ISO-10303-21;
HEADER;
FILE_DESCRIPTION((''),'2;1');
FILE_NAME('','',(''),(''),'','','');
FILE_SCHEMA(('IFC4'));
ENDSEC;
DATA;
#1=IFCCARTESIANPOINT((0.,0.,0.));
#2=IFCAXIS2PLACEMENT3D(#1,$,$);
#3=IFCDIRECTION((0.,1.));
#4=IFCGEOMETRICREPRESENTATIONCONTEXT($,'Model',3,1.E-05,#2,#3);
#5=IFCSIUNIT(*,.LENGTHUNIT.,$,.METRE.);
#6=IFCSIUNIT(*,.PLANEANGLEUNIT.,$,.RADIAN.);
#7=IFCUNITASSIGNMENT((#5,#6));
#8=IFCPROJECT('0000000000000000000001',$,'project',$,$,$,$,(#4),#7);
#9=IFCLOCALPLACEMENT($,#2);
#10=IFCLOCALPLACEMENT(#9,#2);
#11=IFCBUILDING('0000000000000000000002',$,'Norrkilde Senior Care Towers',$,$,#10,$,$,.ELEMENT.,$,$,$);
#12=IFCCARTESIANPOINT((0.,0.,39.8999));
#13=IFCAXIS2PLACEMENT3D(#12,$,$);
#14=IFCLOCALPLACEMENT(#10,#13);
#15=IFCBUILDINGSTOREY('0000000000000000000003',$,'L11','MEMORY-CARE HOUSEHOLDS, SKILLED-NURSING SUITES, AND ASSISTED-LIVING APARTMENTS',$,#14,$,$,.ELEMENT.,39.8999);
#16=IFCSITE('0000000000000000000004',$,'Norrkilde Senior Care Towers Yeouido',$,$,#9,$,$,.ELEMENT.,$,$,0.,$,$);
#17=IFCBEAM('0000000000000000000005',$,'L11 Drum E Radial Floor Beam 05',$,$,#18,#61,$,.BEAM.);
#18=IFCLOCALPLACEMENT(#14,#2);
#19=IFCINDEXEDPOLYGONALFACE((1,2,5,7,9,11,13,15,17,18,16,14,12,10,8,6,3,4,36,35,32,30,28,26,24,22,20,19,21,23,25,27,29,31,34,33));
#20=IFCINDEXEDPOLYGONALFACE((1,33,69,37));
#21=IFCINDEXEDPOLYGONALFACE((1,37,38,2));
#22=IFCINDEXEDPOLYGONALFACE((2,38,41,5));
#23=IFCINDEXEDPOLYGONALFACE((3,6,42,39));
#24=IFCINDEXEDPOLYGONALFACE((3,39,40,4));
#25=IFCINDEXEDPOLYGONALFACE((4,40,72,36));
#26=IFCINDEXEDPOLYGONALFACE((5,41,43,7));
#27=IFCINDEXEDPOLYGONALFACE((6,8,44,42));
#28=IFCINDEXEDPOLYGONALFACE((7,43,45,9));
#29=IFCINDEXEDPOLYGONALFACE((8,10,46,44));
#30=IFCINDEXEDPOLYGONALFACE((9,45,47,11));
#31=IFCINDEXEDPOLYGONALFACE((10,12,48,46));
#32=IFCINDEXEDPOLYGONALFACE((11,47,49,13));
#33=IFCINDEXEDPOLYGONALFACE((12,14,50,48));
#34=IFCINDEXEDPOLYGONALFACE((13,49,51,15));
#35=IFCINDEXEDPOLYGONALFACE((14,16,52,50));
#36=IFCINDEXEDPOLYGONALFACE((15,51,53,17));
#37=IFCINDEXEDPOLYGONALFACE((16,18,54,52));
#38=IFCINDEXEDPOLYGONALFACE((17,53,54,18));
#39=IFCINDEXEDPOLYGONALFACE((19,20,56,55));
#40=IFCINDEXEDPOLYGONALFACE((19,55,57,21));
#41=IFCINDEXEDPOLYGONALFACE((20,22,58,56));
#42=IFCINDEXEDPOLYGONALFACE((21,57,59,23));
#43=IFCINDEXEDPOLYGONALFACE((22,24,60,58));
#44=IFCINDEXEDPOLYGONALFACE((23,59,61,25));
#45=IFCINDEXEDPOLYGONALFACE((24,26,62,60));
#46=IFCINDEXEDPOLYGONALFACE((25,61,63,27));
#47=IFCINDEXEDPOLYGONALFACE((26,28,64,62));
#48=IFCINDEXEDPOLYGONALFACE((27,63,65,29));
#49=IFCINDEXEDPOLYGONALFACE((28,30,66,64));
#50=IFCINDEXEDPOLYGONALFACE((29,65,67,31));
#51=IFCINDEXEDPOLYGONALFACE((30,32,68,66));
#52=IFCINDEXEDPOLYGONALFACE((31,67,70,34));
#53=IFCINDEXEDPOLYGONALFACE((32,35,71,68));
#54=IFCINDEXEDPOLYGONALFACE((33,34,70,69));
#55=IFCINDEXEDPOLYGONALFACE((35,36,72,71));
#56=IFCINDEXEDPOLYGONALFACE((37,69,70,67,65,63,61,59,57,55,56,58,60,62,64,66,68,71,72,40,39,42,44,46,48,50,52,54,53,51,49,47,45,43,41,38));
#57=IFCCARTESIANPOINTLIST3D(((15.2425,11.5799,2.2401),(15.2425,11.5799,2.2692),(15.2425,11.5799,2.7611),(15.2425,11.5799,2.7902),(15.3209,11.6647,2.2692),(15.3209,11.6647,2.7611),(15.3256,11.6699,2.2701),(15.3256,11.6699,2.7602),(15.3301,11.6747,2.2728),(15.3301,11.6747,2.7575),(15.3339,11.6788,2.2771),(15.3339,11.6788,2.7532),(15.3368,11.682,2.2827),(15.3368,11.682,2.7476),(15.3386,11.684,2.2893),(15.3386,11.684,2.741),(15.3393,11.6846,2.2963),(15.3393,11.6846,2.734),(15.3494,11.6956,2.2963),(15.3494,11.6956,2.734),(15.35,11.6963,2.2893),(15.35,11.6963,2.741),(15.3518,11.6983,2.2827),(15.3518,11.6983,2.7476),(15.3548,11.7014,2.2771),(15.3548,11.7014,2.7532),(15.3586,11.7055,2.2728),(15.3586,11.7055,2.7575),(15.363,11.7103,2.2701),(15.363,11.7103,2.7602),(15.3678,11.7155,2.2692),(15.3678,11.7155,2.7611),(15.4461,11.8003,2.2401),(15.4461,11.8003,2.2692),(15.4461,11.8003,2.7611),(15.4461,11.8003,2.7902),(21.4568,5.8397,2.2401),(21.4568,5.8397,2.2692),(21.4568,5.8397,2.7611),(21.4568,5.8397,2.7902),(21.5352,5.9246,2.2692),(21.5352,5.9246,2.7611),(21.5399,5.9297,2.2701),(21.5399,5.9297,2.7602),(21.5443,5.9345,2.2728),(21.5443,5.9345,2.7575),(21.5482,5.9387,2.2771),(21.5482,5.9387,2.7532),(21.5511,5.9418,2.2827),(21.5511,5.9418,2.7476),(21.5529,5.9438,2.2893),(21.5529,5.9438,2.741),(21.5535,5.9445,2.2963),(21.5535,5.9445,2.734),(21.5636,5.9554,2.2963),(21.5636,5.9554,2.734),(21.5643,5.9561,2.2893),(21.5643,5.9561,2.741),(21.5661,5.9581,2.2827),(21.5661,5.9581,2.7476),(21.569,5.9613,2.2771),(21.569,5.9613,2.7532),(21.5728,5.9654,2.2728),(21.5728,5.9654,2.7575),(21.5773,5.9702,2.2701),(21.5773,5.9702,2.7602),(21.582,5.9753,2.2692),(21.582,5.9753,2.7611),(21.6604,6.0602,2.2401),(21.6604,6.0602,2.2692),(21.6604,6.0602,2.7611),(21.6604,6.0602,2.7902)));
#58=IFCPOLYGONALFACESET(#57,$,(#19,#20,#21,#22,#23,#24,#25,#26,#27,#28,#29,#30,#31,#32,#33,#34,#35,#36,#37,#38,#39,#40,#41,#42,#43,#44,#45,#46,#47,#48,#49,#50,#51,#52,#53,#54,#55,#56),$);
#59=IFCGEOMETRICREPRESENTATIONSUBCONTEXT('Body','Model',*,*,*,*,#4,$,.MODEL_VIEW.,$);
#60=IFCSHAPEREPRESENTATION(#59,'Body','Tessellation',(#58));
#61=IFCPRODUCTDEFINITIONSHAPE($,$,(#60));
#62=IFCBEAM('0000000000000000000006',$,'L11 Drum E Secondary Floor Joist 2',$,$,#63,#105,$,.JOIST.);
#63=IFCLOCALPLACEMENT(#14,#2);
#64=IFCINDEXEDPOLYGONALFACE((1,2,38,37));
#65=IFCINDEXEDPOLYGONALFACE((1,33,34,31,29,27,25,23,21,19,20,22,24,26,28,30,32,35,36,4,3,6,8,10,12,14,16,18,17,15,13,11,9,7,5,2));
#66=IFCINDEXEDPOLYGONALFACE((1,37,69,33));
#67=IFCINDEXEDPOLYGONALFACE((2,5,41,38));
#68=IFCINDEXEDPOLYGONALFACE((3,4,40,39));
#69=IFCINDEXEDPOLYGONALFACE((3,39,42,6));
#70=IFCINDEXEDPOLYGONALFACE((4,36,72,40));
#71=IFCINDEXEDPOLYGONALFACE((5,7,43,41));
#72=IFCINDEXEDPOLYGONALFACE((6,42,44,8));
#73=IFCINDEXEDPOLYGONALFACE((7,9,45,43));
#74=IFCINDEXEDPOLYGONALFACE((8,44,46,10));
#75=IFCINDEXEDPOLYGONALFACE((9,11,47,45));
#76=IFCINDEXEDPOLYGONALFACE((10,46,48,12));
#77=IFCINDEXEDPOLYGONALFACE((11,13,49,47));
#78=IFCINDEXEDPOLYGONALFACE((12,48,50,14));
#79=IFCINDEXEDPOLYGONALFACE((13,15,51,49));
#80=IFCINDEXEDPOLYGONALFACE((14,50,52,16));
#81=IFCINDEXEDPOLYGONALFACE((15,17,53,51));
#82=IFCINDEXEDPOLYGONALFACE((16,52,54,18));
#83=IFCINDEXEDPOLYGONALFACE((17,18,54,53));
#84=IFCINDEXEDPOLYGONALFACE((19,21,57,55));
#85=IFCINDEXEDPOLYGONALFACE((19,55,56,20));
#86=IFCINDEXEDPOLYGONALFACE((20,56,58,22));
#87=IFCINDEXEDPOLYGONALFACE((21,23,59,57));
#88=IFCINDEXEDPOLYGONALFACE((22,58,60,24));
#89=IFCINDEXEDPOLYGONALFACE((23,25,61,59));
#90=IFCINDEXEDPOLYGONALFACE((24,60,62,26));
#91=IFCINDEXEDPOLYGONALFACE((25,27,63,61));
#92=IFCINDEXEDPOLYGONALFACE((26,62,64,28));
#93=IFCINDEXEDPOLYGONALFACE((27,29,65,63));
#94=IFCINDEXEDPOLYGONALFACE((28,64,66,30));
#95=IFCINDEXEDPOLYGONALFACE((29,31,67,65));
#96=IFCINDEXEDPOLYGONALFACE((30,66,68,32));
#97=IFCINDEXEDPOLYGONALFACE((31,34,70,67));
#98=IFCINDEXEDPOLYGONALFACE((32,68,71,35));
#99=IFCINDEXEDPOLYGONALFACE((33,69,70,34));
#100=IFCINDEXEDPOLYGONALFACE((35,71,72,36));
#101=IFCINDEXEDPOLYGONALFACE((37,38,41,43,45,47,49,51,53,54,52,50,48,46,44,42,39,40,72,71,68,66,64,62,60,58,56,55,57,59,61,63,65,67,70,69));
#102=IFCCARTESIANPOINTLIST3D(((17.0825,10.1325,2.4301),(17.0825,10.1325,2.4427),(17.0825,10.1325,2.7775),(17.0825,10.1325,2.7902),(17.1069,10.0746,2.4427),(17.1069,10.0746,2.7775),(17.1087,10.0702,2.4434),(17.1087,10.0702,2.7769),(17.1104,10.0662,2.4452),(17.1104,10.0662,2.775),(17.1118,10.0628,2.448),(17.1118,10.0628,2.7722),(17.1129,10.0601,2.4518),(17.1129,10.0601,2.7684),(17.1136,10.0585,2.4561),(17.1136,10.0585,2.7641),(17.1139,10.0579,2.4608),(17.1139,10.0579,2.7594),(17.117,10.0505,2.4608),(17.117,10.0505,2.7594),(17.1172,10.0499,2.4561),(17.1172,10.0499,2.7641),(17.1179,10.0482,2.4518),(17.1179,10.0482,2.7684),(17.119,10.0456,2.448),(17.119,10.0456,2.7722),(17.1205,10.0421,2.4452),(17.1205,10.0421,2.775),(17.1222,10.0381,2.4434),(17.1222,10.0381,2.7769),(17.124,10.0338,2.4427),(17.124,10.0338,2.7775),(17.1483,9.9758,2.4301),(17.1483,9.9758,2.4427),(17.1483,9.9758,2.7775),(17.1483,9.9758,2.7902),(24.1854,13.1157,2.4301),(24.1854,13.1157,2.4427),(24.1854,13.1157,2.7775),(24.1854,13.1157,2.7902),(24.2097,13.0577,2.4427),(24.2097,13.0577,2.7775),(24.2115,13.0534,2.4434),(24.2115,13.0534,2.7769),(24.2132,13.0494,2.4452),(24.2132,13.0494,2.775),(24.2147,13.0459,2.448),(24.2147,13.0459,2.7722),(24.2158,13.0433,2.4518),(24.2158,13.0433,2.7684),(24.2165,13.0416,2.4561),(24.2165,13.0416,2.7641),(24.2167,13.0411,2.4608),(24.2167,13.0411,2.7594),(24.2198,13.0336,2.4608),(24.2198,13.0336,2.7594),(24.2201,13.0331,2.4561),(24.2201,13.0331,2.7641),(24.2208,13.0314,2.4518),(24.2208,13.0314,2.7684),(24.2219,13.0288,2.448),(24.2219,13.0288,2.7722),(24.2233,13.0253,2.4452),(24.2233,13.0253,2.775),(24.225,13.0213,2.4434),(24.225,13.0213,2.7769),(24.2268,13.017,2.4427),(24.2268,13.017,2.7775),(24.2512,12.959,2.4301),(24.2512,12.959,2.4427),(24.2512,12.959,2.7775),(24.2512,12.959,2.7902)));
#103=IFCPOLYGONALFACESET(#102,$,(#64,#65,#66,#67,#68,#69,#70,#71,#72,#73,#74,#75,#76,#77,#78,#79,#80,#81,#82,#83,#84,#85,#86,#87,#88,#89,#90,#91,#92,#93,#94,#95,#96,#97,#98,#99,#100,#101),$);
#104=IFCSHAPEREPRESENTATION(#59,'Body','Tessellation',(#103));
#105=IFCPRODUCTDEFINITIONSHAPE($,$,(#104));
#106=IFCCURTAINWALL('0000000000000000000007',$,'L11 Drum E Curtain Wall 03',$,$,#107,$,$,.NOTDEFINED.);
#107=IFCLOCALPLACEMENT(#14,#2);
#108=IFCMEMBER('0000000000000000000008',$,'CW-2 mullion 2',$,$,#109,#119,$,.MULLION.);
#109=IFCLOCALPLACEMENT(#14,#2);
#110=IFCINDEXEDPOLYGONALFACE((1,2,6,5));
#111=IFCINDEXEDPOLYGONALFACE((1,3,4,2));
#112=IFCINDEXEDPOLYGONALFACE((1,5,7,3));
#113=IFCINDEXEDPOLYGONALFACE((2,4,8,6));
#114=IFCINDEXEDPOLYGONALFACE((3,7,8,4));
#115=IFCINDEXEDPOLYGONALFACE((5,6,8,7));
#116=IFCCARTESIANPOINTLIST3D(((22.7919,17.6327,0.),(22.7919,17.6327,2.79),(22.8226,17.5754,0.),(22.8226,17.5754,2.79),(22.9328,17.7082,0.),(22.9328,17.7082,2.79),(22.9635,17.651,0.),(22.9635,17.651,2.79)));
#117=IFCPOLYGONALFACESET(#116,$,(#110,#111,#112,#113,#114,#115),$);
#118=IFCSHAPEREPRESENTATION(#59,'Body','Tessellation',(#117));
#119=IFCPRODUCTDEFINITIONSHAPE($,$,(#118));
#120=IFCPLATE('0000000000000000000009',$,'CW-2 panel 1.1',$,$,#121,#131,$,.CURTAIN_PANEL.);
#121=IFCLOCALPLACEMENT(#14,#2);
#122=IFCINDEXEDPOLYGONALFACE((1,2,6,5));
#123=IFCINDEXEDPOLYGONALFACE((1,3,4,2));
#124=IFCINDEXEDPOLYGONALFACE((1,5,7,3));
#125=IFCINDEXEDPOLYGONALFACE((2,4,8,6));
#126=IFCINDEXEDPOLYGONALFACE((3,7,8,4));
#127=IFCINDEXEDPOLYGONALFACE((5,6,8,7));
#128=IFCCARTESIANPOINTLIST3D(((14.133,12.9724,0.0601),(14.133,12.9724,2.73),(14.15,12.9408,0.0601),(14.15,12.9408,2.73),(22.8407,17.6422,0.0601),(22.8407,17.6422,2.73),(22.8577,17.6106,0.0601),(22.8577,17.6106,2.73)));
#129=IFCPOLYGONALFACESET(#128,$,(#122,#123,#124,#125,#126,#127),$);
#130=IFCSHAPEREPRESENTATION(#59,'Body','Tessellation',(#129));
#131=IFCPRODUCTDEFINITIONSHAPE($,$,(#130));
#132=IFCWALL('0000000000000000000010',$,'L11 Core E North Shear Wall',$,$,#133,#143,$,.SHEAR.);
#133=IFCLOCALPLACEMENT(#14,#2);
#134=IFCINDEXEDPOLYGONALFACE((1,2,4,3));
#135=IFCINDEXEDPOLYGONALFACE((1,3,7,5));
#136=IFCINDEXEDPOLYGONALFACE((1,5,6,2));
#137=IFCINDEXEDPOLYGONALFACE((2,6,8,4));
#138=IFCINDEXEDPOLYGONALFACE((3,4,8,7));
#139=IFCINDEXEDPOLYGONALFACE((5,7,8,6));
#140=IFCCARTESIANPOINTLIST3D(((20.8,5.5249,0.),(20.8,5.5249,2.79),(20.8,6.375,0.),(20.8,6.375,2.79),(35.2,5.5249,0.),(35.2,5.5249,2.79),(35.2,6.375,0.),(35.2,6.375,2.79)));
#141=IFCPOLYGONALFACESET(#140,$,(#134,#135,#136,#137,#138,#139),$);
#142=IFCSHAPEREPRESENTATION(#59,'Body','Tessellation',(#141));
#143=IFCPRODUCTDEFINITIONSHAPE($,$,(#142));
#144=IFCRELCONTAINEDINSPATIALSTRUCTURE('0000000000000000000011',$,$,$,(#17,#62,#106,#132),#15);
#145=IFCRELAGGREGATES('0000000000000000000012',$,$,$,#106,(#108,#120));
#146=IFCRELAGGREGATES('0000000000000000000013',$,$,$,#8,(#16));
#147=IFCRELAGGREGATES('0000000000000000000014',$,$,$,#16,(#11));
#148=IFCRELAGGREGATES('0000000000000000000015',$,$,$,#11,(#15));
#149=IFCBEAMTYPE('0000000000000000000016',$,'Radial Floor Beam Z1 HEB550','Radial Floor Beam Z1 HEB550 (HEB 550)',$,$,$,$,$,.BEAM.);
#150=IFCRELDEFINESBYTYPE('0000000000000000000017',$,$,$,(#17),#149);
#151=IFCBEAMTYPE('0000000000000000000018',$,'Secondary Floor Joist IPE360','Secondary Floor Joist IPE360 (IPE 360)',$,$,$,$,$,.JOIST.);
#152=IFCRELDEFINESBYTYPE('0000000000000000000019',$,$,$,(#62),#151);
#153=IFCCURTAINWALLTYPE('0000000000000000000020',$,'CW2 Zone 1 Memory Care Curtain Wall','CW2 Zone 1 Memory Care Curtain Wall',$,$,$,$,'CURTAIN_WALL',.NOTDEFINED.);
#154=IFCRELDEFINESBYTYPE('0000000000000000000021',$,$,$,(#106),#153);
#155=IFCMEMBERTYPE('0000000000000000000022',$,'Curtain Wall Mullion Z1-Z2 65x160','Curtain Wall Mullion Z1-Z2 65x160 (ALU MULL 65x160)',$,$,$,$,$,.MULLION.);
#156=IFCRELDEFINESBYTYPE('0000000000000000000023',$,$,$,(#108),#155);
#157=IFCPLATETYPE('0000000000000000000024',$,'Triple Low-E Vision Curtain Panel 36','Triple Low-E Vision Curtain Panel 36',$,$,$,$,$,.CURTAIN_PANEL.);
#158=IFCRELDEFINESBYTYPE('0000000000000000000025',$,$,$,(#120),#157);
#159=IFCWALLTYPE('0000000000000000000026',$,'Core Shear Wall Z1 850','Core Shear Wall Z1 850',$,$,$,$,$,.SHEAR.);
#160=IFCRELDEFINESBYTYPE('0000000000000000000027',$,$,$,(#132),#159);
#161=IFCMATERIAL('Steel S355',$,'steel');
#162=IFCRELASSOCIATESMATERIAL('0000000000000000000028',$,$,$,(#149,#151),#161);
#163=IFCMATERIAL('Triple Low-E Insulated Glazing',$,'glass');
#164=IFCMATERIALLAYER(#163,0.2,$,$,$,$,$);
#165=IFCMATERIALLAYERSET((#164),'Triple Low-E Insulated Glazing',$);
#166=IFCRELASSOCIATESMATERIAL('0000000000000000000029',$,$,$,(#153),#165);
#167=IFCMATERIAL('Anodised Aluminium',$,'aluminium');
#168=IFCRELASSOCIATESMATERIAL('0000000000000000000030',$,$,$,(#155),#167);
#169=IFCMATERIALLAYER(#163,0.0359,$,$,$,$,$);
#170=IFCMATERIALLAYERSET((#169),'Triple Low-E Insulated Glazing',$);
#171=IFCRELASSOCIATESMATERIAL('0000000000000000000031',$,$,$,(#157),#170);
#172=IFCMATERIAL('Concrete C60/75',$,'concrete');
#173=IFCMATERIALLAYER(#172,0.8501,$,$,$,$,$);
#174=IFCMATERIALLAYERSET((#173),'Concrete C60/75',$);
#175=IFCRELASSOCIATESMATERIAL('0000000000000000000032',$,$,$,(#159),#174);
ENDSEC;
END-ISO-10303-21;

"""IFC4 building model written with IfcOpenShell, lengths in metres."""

from ifc_helpers import new_model, si_unit, direction, frame, frame_2d, origin, origin_2d, place, context, subcontext, project, spatial, rectangle, i_section, extrude, source, transform, mapped, material, layer, layer_set, material_profile, profile_set, type_object, type_shapes, element, aggregate, save


model = new_model("IFC4")

# Units and contexts
model_context = context("Model", 3, precision=1e-05, world=origin(), true_north=direction((0.0, 1.0)))
body_context = subcontext(model_context, "Body", "Model", "MODEL_VIEW")
ifc_project = project(units=[si_unit("LENGTHUNIT", "METRE"), si_unit("PLANEANGLEUNIT", "RADIAN")], contexts=[model_context])

# Site, building, storey
site_placement = place(None, origin())
site = spatial("IfcSite", under=ifc_project, at=site_placement, Name="Norrkilde Senior Care Towers Yeouido", CompositionType="ELEMENT", RefElevation=0.0)
building_placement = place(site_placement, origin())
building = spatial("IfcBuilding", under=site, at=building_placement, Name="Norrkilde Senior Care Towers", CompositionType="ELEMENT")
storey_placement = place(building_placement, frame((0.0, 0.0, 39.8999)))
storey = spatial("IfcBuildingStorey", under=building, at=storey_placement, Name="L11", Description="MEMORY-CARE HOUSEHOLDS, SKILLED-NURSING SUITES, AND ASSISTED-LIVING APARTMENTS", CompositionType="ELEMENT", Elevation=39.8999)

# Shared definitions
ifc_material_1 = material(Name="Concrete C60/75", Category="concrete")

# Beams
ifc_material_2 = material(Name="Steel S355", Category="steel")
ifc_material_profile_1 = material_profile(ifc_material_2, i_section(OverallWidth=0.3, OverallDepth=0.55, WebThickness=0.0149, FlangeThickness=0.0291, FilletRadius=0.0271, at=origin_2d()), Name="HEB 550")
ifc_profile_set_1 = profile_set([ifc_material_profile_1], Name="Steel S355")
beam_type_1 = type_object("IfcBeamType", Name="Radial Floor Beam Z1 HEB550", Description="Radial Floor Beam Z1 HEB550 (HEB 550)", PredefinedType="BEAM", material=ifc_profile_set_1)
shared_shape_1 = source(origin(), body_context, "Body", "SweptSolid", [
    extrude(i_section(OverallWidth=0.3, OverallDepth=0.55, WebThickness=0.0149, FlangeThickness=0.0291, FilletRadius=0.0271, at=origin_2d()), origin(), (0.0, 0.0, 1.0), 8.4597),
])
beam_1_placement = place(storey_placement, frame((21.5586, 5.95, 2.5151), z_axis=(-0.734573, 0.678529, 0.0), x_axis=(-0.678529, -0.734573, 0.0)))
element("IfcBeam", 1, at=beam_1_placement, inside=storey, type_object=beam_type_1, Name="L11 Drum E Radial Floor Beam 05", PredefinedType="BEAM", context=body_context, shape_type="MappedRepresentation", body=[
    mapped(shared_shape_1, transform((0.0, 0.0, 0.0), x_axis=(1.0, 0.0, 0.0), y_axis=(0.0, 1.0, 0.0), z_axis=(0.0, 0.0, 1.0), scale=1.0)),
])
ifc_material_profile_2 = material_profile(ifc_material_2, i_section(OverallWidth=0.1699, OverallDepth=0.3601, WebThickness=0.0081, FlangeThickness=0.0127, FilletRadius=0.0181, at=origin_2d()), Name="IPE 360")
ifc_profile_set_2 = profile_set([ifc_material_profile_2], Name="Steel S355")
beam_type_2 = type_object("IfcBeamType", Name="Secondary Floor Joist IPE360", Description="Secondary Floor Joist IPE360 (IPE 360)", PredefinedType="JOIST", material=ifc_profile_set_2)
shared_shape_2 = source(origin(), body_context, "Body", "SweptSolid", [
    extrude(i_section(OverallWidth=0.1699, OverallDepth=0.3601, WebThickness=0.0081, FlangeThickness=0.0127, FilletRadius=0.0181, at=origin_2d()), origin(), (0.0, 0.0, 1.0), 7.7039),
])
type_shapes(beam_type_2, [shared_shape_2])
beam_2_placement = place(storey_placement, frame((24.2183, 13.0374, 2.6101), z_axis=(-0.921983, -0.387231, 0.0), x_axis=(0.387231, -0.921983, 0.0)))
element("IfcBeam", 2, at=beam_2_placement, inside=storey, type_object=beam_type_2, Name="L11 Drum E Secondary Floor Joist 2", PredefinedType="JOIST", context=body_context, shape_type="MappedRepresentation", body=[
    mapped(shared_shape_2, transform((0.0, 0.0, 0.0), x_axis=(1.0, 0.0, 0.0), y_axis=(0.0, 1.0, 0.0), z_axis=(0.0, 0.0, 1.0), scale=1.0)),
])

# Curtain wall, member, plate
ifc_material_3 = material(Name="Triple Low-E Insulated Glazing", Category="glass")
ifc_layer_1 = layer(ifc_material_3, 0.2)
ifc_layer_set_1 = layer_set([ifc_layer_1], Name="Triple Low-E Insulated Glazing")
curtain_wall_type = type_object("IfcCurtainWallType", Name="CW2 Zone 1 Memory Care Curtain Wall", Description="CW2 Zone 1 Memory Care Curtain Wall", ElementType="CURTAIN_WALL", PredefinedType="NOTDEFINED", material=ifc_layer_set_1)
curtain_wall_placement = place(storey_placement, origin())
curtain_wall = element("IfcCurtainWall", 3, at=curtain_wall_placement, inside=storey, type_object=curtain_wall_type, Name="L11 Drum E Curtain Wall 03", PredefinedType="NOTDEFINED")
ifc_material_4 = material(Name="Anodised Aluminium", Category="aluminium")
ifc_material_profile_3 = material_profile(ifc_material_4, rectangle(XDim=0.0649, YDim=0.1599, at=origin_2d()), Name="ALU MULL 65x160")
ifc_profile_set_3 = profile_set([ifc_material_profile_3], Name="Anodised Aluminium")
member_type = type_object("IfcMemberType", Name="Curtain Wall Mullion Z1-Z2 65x160", Description="Curtain Wall Mullion Z1-Z2 65x160 (ALU MULL 65x160)", PredefinedType="MULLION", material=ifc_profile_set_3)
shared_shape_3 = source(origin(), body_context, "Body", "SweptSolid", [
    extrude(rectangle(XDim=0.0649, YDim=0.1599, at=origin_2d()), origin(), (0.0, 0.0, 1.0), 2.79),
])
type_shapes(member_type, [shared_shape_3])
member_placement = place(storey_placement, frame((22.8777, 17.6418, 0.0), z_axis=(0.0, 0.0, 1.0), x_axis=(-0.472608, 0.881273, 0.0)))
member = element("IfcMember", 4, at=member_placement, type_object=member_type, Name="CW-2 mullion 2", PredefinedType="MULLION", context=body_context, shape_type="MappedRepresentation", body=[
    mapped(shared_shape_3, transform((0.0, 0.0, 0.0), x_axis=(1.0, 0.0, 0.0), y_axis=(0.0, 1.0, 0.0), z_axis=(0.0, 0.0, 1.0), scale=1.0)),
])
ifc_layer_2 = layer(ifc_material_3, 0.0359)
ifc_layer_set_2 = layer_set([ifc_layer_2], Name="Triple Low-E Insulated Glazing")
plate_type = type_object("IfcPlateType", Name="Triple Low-E Vision Curtain Panel 36", Description="Triple Low-E Vision Curtain Panel 36", PredefinedType="CURTAIN_PANEL", material=ifc_layer_set_2)
shared_shape_4 = source(origin(), body_context, "Body", "SweptSolid", [
    extrude(rectangle(XDim=9.8809, YDim=0.0359, at=origin_2d()), origin(), (0.0, 0.0, 1.0), 2.6699),
])
type_shapes(plate_type, [shared_shape_4])
plate_placement = place(storey_placement, frame((18.4954, 15.2915, 0.0601), z_axis=(0.0, 0.0, 1.0), x_axis=(0.881273, 0.472608, 0.0)))
plate = element("IfcPlate", 5, at=plate_placement, type_object=plate_type, Name="CW-2 panel 1.1", PredefinedType="CURTAIN_PANEL", context=body_context, shape_type="MappedRepresentation", body=[
    mapped(shared_shape_4, transform((0.0, 0.0, 0.0), x_axis=(1.0, 0.0, 0.0), y_axis=(0.0, 1.0, 0.0), z_axis=(0.0, 0.0, 1.0), scale=1.0)),
])
aggregate(curtain_wall, [member, plate])

# Wall
ifc_layer_3 = layer(ifc_material_1, 0.8501)
ifc_layer_set_3 = layer_set([ifc_layer_3], Name="Concrete C60/75")
wall_type_1 = type_object("IfcWallType", Name="Core Shear Wall Z1 850", Description="Core Shear Wall Z1 850", PredefinedType="SHEAR", material=ifc_layer_set_3)
shared_shape_5 = source(origin(), body_context, "Body", "SweptSolid", [
    extrude(rectangle(XDim=14.3999, YDim=0.8501, at=frame_2d((7.2, 0.0))), origin(), (0.0, 0.0, 1.0), 2.79),
])
type_shapes(wall_type_1, [shared_shape_5])
wall_1_placement = place(storey_placement, frame((20.8, 5.95, 0.0), z_axis=(0.0, 0.0, 1.0), x_axis=(1.0, 0.0, 0.0)))
element("IfcWall", 6, at=wall_1_placement, inside=storey, type_object=wall_type_1, Name="L11 Core E North Shear Wall", PredefinedType="SHEAR", context=body_context, shape_type="MappedRepresentation", body=[
    mapped(shared_shape_5, transform((0.0, 0.0, 0.0), x_axis=(1.0, 0.0, 0.0), y_axis=(0.0, 1.0, 0.0), z_axis=(0.0, 0.0, 1.0), scale=1.0)),
])

save(model, "model.ifc")
